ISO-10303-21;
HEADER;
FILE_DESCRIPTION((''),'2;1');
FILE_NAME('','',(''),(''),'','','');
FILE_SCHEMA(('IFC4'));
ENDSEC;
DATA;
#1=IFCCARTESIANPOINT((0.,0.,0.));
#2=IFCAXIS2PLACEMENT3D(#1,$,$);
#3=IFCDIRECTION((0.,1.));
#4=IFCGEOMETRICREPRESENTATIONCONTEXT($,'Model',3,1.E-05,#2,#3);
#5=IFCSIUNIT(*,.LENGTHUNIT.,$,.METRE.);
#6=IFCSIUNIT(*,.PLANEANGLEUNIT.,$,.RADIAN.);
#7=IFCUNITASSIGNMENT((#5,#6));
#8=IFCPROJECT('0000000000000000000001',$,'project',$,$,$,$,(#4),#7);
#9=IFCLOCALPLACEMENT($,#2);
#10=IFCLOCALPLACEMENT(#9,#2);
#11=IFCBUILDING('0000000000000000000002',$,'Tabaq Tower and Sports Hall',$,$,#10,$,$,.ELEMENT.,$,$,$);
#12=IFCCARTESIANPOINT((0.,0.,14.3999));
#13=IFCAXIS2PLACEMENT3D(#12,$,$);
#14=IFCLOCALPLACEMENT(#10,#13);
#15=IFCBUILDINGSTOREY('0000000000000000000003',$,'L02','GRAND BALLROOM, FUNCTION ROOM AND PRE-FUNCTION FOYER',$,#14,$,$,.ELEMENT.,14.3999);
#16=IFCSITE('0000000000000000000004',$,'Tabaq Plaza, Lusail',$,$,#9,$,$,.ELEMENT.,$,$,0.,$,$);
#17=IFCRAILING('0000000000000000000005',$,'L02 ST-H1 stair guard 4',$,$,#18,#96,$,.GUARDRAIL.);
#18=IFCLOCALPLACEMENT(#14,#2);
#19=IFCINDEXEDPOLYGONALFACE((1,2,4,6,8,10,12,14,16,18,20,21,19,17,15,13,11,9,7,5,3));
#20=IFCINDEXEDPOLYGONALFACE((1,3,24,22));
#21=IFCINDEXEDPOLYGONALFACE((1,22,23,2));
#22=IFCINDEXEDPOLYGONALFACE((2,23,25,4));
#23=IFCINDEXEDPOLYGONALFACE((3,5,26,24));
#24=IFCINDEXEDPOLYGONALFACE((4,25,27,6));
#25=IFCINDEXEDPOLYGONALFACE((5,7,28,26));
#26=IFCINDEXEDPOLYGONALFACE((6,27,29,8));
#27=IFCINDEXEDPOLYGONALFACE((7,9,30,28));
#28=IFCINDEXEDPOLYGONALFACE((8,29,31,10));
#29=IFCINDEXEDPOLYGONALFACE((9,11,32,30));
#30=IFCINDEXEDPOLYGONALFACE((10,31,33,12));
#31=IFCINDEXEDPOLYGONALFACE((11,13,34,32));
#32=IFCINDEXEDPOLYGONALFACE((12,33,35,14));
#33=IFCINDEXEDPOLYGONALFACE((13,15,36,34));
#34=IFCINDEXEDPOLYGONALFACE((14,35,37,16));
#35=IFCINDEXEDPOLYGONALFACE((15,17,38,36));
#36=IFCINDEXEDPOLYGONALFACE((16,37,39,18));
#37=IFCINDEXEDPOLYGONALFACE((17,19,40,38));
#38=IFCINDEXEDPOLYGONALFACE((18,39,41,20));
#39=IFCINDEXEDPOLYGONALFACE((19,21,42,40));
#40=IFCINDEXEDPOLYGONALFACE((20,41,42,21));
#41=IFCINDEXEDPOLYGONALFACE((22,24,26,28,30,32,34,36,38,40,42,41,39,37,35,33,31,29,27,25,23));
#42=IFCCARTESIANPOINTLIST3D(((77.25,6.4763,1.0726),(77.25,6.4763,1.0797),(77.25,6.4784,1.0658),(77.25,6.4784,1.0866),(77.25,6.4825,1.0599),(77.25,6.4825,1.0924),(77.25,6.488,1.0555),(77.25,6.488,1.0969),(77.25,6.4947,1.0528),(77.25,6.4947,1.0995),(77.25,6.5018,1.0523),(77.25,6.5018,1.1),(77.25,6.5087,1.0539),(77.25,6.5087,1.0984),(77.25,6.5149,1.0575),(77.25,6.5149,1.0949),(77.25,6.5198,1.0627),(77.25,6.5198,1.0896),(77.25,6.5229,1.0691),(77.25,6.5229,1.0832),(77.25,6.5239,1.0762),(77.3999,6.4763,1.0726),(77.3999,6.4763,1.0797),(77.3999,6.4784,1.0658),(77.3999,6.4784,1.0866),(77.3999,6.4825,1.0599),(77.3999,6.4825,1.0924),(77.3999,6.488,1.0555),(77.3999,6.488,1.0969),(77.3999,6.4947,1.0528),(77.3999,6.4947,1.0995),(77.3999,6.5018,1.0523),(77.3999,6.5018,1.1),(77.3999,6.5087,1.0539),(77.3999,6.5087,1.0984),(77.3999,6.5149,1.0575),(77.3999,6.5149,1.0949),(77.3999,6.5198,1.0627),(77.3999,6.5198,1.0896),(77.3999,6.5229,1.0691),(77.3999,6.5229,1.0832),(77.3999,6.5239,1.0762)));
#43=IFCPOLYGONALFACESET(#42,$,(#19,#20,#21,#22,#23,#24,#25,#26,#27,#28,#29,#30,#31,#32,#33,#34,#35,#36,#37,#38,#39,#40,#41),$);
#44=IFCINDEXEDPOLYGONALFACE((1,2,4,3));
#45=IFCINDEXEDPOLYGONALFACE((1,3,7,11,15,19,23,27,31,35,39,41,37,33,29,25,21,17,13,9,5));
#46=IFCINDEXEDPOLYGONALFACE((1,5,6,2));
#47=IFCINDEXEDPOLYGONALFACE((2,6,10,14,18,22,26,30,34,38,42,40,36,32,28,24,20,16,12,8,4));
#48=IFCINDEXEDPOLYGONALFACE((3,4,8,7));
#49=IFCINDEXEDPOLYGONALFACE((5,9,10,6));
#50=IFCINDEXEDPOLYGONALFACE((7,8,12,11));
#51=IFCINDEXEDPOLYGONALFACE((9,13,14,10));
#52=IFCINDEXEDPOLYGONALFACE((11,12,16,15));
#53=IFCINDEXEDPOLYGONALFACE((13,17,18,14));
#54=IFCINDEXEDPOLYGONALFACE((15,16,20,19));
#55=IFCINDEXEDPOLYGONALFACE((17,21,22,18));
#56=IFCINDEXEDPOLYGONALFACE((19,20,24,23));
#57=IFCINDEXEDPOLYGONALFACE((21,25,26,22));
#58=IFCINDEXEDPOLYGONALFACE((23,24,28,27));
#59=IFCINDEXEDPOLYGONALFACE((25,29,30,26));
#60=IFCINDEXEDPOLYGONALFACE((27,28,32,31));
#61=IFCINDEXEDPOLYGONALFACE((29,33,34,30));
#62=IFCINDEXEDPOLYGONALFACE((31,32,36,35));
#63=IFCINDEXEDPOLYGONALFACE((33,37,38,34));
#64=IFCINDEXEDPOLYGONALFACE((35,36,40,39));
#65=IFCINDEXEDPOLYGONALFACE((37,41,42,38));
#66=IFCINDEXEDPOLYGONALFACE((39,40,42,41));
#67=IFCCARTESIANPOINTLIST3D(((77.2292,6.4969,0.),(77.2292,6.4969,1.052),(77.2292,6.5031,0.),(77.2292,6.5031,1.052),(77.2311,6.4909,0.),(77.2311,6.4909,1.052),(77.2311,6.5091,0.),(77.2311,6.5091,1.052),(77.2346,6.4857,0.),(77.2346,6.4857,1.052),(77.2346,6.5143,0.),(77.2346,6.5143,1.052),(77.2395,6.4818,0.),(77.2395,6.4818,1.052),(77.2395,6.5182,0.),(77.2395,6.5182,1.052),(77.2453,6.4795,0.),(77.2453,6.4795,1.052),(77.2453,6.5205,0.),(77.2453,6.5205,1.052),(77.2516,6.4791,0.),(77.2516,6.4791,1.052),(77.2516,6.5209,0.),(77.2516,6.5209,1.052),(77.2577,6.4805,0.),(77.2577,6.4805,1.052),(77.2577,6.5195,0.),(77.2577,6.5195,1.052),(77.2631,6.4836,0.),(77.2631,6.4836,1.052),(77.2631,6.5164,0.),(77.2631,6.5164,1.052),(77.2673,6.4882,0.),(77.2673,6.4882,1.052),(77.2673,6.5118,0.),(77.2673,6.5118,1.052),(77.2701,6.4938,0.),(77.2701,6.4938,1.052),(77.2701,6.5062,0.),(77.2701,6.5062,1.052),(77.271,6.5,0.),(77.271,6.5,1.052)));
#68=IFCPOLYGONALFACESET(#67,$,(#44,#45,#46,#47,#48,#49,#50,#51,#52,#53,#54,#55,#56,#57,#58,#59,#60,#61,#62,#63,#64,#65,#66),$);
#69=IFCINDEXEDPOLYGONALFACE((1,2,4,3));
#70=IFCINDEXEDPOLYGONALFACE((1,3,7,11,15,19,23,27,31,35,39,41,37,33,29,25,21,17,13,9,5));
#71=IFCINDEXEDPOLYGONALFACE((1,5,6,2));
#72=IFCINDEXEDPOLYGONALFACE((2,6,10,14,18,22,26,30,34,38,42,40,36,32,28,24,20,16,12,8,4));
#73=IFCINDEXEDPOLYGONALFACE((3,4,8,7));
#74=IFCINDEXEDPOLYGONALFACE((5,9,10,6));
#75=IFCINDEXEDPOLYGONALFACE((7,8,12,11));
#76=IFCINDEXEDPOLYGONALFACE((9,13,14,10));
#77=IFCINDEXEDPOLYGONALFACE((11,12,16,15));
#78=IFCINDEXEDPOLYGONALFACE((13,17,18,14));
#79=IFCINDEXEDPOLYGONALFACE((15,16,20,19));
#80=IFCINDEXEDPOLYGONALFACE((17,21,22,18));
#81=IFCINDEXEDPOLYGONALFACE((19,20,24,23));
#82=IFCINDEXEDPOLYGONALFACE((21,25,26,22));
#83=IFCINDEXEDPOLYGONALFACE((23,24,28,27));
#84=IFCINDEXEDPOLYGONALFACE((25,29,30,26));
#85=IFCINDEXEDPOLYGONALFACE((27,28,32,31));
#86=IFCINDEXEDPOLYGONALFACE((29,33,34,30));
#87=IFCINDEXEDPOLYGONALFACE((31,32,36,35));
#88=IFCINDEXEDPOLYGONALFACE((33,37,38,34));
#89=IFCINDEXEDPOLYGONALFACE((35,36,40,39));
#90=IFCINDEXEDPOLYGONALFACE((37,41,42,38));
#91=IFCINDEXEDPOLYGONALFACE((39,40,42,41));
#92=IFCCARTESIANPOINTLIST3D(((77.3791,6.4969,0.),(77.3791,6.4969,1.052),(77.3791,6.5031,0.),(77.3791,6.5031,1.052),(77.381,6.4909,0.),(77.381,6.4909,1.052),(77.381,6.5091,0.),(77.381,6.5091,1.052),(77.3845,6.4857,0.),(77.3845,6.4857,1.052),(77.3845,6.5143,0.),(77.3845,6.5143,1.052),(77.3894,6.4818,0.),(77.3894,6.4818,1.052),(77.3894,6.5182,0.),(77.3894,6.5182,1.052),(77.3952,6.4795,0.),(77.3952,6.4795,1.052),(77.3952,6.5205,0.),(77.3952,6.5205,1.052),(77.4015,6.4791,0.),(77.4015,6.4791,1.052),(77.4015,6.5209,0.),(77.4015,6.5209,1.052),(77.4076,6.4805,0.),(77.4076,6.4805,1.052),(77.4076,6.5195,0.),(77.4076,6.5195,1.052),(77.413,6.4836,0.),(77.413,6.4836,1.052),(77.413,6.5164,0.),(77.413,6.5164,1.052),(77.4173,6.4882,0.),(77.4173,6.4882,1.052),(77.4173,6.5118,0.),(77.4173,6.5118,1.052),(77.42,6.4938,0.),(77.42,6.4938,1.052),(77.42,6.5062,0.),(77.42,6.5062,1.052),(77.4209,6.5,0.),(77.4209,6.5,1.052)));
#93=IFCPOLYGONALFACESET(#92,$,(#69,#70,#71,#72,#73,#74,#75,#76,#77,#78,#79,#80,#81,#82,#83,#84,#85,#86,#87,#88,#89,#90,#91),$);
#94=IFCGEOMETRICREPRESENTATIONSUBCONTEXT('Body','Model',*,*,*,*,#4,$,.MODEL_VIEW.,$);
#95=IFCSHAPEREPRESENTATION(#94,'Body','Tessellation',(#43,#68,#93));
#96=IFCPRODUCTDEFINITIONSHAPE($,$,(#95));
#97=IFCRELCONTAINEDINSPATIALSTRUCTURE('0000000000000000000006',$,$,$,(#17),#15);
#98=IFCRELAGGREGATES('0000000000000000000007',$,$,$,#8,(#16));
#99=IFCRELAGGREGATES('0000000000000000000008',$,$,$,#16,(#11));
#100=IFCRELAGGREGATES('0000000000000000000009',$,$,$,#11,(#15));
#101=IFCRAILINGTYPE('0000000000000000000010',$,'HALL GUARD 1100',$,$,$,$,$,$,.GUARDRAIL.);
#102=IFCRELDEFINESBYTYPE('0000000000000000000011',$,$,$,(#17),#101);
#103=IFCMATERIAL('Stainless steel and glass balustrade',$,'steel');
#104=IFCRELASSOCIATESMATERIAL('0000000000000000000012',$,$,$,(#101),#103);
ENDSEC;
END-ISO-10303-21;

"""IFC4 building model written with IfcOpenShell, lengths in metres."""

from ifc_helpers import new_model, si_unit, direction, frame, origin, origin_2d, place, context, subcontext, project, spatial, circle, extrude, material, type_object, element, save


model = new_model("IFC4")

# Units and contexts
model_context = context("Model", 3, precision=1e-05, world=origin(), true_north=direction((0.0, 1.0)))
body_context = subcontext(model_context, "Body", "Model", "MODEL_VIEW")
ifc_project = project(units=[si_unit("LENGTHUNIT", "METRE"), si_unit("PLANEANGLEUNIT", "RADIAN")], contexts=[model_context])

# Site, building, storey
site_placement = place(None, origin())
site = spatial("IfcSite", under=ifc_project, at=site_placement, Name="Tabaq Plaza, Lusail", CompositionType="ELEMENT", RefElevation=0.0)
building_placement = place(site_placement, origin())
building = spatial("IfcBuilding", under=site, at=building_placement, Name="Tabaq Tower and Sports Hall", CompositionType="ELEMENT")
storey_placement = place(building_placement, frame((0.0, 0.0, 14.3999)))
storey = spatial("IfcBuildingStorey", under=building, at=storey_placement, Name="L02", Description="GRAND BALLROOM, FUNCTION ROOM AND PRE-FUNCTION FOYER", CompositionType="ELEMENT", Elevation=14.3999)

# Railing
ifc_material_1 = material(Name="Stainless steel and glass balustrade", Category="steel")
railing_type_1 = type_object("IfcRailingType", Name="HALL GUARD 1100", PredefinedType="GUARDRAIL", material=ifc_material_1)
railing_1_placement = place(storey_placement, frame((77.25, 6.5, 0.0)))
element("IfcRailing", 1, at=railing_1_placement, inside=storey, type_object=railing_type_1, Name="L02 ST-H1 stair guard 4", PredefinedType="GUARDRAIL", context=body_context, shape_type="SweptSolid", body=[
    extrude(circle(Radius=0.0239, at=origin_2d()), frame((0.0, 0.0, 1.0762), z_axis=(1.0, 0.0, 0.0), x_axis=(0.0, 1.0, 0.0)), (0.0, 0.0, 1.0), 0.1499),
    extrude(circle(Radius=0.021, at=origin_2d()), origin(), (0.0, 0.0, 1.0), 1.052),
    extrude(circle(Radius=0.021, at=origin_2d()), frame((0.1499, 0.0, 0.0)), (0.0, 0.0, 1.0), 1.052),
])

save(model, "model.ifc")
